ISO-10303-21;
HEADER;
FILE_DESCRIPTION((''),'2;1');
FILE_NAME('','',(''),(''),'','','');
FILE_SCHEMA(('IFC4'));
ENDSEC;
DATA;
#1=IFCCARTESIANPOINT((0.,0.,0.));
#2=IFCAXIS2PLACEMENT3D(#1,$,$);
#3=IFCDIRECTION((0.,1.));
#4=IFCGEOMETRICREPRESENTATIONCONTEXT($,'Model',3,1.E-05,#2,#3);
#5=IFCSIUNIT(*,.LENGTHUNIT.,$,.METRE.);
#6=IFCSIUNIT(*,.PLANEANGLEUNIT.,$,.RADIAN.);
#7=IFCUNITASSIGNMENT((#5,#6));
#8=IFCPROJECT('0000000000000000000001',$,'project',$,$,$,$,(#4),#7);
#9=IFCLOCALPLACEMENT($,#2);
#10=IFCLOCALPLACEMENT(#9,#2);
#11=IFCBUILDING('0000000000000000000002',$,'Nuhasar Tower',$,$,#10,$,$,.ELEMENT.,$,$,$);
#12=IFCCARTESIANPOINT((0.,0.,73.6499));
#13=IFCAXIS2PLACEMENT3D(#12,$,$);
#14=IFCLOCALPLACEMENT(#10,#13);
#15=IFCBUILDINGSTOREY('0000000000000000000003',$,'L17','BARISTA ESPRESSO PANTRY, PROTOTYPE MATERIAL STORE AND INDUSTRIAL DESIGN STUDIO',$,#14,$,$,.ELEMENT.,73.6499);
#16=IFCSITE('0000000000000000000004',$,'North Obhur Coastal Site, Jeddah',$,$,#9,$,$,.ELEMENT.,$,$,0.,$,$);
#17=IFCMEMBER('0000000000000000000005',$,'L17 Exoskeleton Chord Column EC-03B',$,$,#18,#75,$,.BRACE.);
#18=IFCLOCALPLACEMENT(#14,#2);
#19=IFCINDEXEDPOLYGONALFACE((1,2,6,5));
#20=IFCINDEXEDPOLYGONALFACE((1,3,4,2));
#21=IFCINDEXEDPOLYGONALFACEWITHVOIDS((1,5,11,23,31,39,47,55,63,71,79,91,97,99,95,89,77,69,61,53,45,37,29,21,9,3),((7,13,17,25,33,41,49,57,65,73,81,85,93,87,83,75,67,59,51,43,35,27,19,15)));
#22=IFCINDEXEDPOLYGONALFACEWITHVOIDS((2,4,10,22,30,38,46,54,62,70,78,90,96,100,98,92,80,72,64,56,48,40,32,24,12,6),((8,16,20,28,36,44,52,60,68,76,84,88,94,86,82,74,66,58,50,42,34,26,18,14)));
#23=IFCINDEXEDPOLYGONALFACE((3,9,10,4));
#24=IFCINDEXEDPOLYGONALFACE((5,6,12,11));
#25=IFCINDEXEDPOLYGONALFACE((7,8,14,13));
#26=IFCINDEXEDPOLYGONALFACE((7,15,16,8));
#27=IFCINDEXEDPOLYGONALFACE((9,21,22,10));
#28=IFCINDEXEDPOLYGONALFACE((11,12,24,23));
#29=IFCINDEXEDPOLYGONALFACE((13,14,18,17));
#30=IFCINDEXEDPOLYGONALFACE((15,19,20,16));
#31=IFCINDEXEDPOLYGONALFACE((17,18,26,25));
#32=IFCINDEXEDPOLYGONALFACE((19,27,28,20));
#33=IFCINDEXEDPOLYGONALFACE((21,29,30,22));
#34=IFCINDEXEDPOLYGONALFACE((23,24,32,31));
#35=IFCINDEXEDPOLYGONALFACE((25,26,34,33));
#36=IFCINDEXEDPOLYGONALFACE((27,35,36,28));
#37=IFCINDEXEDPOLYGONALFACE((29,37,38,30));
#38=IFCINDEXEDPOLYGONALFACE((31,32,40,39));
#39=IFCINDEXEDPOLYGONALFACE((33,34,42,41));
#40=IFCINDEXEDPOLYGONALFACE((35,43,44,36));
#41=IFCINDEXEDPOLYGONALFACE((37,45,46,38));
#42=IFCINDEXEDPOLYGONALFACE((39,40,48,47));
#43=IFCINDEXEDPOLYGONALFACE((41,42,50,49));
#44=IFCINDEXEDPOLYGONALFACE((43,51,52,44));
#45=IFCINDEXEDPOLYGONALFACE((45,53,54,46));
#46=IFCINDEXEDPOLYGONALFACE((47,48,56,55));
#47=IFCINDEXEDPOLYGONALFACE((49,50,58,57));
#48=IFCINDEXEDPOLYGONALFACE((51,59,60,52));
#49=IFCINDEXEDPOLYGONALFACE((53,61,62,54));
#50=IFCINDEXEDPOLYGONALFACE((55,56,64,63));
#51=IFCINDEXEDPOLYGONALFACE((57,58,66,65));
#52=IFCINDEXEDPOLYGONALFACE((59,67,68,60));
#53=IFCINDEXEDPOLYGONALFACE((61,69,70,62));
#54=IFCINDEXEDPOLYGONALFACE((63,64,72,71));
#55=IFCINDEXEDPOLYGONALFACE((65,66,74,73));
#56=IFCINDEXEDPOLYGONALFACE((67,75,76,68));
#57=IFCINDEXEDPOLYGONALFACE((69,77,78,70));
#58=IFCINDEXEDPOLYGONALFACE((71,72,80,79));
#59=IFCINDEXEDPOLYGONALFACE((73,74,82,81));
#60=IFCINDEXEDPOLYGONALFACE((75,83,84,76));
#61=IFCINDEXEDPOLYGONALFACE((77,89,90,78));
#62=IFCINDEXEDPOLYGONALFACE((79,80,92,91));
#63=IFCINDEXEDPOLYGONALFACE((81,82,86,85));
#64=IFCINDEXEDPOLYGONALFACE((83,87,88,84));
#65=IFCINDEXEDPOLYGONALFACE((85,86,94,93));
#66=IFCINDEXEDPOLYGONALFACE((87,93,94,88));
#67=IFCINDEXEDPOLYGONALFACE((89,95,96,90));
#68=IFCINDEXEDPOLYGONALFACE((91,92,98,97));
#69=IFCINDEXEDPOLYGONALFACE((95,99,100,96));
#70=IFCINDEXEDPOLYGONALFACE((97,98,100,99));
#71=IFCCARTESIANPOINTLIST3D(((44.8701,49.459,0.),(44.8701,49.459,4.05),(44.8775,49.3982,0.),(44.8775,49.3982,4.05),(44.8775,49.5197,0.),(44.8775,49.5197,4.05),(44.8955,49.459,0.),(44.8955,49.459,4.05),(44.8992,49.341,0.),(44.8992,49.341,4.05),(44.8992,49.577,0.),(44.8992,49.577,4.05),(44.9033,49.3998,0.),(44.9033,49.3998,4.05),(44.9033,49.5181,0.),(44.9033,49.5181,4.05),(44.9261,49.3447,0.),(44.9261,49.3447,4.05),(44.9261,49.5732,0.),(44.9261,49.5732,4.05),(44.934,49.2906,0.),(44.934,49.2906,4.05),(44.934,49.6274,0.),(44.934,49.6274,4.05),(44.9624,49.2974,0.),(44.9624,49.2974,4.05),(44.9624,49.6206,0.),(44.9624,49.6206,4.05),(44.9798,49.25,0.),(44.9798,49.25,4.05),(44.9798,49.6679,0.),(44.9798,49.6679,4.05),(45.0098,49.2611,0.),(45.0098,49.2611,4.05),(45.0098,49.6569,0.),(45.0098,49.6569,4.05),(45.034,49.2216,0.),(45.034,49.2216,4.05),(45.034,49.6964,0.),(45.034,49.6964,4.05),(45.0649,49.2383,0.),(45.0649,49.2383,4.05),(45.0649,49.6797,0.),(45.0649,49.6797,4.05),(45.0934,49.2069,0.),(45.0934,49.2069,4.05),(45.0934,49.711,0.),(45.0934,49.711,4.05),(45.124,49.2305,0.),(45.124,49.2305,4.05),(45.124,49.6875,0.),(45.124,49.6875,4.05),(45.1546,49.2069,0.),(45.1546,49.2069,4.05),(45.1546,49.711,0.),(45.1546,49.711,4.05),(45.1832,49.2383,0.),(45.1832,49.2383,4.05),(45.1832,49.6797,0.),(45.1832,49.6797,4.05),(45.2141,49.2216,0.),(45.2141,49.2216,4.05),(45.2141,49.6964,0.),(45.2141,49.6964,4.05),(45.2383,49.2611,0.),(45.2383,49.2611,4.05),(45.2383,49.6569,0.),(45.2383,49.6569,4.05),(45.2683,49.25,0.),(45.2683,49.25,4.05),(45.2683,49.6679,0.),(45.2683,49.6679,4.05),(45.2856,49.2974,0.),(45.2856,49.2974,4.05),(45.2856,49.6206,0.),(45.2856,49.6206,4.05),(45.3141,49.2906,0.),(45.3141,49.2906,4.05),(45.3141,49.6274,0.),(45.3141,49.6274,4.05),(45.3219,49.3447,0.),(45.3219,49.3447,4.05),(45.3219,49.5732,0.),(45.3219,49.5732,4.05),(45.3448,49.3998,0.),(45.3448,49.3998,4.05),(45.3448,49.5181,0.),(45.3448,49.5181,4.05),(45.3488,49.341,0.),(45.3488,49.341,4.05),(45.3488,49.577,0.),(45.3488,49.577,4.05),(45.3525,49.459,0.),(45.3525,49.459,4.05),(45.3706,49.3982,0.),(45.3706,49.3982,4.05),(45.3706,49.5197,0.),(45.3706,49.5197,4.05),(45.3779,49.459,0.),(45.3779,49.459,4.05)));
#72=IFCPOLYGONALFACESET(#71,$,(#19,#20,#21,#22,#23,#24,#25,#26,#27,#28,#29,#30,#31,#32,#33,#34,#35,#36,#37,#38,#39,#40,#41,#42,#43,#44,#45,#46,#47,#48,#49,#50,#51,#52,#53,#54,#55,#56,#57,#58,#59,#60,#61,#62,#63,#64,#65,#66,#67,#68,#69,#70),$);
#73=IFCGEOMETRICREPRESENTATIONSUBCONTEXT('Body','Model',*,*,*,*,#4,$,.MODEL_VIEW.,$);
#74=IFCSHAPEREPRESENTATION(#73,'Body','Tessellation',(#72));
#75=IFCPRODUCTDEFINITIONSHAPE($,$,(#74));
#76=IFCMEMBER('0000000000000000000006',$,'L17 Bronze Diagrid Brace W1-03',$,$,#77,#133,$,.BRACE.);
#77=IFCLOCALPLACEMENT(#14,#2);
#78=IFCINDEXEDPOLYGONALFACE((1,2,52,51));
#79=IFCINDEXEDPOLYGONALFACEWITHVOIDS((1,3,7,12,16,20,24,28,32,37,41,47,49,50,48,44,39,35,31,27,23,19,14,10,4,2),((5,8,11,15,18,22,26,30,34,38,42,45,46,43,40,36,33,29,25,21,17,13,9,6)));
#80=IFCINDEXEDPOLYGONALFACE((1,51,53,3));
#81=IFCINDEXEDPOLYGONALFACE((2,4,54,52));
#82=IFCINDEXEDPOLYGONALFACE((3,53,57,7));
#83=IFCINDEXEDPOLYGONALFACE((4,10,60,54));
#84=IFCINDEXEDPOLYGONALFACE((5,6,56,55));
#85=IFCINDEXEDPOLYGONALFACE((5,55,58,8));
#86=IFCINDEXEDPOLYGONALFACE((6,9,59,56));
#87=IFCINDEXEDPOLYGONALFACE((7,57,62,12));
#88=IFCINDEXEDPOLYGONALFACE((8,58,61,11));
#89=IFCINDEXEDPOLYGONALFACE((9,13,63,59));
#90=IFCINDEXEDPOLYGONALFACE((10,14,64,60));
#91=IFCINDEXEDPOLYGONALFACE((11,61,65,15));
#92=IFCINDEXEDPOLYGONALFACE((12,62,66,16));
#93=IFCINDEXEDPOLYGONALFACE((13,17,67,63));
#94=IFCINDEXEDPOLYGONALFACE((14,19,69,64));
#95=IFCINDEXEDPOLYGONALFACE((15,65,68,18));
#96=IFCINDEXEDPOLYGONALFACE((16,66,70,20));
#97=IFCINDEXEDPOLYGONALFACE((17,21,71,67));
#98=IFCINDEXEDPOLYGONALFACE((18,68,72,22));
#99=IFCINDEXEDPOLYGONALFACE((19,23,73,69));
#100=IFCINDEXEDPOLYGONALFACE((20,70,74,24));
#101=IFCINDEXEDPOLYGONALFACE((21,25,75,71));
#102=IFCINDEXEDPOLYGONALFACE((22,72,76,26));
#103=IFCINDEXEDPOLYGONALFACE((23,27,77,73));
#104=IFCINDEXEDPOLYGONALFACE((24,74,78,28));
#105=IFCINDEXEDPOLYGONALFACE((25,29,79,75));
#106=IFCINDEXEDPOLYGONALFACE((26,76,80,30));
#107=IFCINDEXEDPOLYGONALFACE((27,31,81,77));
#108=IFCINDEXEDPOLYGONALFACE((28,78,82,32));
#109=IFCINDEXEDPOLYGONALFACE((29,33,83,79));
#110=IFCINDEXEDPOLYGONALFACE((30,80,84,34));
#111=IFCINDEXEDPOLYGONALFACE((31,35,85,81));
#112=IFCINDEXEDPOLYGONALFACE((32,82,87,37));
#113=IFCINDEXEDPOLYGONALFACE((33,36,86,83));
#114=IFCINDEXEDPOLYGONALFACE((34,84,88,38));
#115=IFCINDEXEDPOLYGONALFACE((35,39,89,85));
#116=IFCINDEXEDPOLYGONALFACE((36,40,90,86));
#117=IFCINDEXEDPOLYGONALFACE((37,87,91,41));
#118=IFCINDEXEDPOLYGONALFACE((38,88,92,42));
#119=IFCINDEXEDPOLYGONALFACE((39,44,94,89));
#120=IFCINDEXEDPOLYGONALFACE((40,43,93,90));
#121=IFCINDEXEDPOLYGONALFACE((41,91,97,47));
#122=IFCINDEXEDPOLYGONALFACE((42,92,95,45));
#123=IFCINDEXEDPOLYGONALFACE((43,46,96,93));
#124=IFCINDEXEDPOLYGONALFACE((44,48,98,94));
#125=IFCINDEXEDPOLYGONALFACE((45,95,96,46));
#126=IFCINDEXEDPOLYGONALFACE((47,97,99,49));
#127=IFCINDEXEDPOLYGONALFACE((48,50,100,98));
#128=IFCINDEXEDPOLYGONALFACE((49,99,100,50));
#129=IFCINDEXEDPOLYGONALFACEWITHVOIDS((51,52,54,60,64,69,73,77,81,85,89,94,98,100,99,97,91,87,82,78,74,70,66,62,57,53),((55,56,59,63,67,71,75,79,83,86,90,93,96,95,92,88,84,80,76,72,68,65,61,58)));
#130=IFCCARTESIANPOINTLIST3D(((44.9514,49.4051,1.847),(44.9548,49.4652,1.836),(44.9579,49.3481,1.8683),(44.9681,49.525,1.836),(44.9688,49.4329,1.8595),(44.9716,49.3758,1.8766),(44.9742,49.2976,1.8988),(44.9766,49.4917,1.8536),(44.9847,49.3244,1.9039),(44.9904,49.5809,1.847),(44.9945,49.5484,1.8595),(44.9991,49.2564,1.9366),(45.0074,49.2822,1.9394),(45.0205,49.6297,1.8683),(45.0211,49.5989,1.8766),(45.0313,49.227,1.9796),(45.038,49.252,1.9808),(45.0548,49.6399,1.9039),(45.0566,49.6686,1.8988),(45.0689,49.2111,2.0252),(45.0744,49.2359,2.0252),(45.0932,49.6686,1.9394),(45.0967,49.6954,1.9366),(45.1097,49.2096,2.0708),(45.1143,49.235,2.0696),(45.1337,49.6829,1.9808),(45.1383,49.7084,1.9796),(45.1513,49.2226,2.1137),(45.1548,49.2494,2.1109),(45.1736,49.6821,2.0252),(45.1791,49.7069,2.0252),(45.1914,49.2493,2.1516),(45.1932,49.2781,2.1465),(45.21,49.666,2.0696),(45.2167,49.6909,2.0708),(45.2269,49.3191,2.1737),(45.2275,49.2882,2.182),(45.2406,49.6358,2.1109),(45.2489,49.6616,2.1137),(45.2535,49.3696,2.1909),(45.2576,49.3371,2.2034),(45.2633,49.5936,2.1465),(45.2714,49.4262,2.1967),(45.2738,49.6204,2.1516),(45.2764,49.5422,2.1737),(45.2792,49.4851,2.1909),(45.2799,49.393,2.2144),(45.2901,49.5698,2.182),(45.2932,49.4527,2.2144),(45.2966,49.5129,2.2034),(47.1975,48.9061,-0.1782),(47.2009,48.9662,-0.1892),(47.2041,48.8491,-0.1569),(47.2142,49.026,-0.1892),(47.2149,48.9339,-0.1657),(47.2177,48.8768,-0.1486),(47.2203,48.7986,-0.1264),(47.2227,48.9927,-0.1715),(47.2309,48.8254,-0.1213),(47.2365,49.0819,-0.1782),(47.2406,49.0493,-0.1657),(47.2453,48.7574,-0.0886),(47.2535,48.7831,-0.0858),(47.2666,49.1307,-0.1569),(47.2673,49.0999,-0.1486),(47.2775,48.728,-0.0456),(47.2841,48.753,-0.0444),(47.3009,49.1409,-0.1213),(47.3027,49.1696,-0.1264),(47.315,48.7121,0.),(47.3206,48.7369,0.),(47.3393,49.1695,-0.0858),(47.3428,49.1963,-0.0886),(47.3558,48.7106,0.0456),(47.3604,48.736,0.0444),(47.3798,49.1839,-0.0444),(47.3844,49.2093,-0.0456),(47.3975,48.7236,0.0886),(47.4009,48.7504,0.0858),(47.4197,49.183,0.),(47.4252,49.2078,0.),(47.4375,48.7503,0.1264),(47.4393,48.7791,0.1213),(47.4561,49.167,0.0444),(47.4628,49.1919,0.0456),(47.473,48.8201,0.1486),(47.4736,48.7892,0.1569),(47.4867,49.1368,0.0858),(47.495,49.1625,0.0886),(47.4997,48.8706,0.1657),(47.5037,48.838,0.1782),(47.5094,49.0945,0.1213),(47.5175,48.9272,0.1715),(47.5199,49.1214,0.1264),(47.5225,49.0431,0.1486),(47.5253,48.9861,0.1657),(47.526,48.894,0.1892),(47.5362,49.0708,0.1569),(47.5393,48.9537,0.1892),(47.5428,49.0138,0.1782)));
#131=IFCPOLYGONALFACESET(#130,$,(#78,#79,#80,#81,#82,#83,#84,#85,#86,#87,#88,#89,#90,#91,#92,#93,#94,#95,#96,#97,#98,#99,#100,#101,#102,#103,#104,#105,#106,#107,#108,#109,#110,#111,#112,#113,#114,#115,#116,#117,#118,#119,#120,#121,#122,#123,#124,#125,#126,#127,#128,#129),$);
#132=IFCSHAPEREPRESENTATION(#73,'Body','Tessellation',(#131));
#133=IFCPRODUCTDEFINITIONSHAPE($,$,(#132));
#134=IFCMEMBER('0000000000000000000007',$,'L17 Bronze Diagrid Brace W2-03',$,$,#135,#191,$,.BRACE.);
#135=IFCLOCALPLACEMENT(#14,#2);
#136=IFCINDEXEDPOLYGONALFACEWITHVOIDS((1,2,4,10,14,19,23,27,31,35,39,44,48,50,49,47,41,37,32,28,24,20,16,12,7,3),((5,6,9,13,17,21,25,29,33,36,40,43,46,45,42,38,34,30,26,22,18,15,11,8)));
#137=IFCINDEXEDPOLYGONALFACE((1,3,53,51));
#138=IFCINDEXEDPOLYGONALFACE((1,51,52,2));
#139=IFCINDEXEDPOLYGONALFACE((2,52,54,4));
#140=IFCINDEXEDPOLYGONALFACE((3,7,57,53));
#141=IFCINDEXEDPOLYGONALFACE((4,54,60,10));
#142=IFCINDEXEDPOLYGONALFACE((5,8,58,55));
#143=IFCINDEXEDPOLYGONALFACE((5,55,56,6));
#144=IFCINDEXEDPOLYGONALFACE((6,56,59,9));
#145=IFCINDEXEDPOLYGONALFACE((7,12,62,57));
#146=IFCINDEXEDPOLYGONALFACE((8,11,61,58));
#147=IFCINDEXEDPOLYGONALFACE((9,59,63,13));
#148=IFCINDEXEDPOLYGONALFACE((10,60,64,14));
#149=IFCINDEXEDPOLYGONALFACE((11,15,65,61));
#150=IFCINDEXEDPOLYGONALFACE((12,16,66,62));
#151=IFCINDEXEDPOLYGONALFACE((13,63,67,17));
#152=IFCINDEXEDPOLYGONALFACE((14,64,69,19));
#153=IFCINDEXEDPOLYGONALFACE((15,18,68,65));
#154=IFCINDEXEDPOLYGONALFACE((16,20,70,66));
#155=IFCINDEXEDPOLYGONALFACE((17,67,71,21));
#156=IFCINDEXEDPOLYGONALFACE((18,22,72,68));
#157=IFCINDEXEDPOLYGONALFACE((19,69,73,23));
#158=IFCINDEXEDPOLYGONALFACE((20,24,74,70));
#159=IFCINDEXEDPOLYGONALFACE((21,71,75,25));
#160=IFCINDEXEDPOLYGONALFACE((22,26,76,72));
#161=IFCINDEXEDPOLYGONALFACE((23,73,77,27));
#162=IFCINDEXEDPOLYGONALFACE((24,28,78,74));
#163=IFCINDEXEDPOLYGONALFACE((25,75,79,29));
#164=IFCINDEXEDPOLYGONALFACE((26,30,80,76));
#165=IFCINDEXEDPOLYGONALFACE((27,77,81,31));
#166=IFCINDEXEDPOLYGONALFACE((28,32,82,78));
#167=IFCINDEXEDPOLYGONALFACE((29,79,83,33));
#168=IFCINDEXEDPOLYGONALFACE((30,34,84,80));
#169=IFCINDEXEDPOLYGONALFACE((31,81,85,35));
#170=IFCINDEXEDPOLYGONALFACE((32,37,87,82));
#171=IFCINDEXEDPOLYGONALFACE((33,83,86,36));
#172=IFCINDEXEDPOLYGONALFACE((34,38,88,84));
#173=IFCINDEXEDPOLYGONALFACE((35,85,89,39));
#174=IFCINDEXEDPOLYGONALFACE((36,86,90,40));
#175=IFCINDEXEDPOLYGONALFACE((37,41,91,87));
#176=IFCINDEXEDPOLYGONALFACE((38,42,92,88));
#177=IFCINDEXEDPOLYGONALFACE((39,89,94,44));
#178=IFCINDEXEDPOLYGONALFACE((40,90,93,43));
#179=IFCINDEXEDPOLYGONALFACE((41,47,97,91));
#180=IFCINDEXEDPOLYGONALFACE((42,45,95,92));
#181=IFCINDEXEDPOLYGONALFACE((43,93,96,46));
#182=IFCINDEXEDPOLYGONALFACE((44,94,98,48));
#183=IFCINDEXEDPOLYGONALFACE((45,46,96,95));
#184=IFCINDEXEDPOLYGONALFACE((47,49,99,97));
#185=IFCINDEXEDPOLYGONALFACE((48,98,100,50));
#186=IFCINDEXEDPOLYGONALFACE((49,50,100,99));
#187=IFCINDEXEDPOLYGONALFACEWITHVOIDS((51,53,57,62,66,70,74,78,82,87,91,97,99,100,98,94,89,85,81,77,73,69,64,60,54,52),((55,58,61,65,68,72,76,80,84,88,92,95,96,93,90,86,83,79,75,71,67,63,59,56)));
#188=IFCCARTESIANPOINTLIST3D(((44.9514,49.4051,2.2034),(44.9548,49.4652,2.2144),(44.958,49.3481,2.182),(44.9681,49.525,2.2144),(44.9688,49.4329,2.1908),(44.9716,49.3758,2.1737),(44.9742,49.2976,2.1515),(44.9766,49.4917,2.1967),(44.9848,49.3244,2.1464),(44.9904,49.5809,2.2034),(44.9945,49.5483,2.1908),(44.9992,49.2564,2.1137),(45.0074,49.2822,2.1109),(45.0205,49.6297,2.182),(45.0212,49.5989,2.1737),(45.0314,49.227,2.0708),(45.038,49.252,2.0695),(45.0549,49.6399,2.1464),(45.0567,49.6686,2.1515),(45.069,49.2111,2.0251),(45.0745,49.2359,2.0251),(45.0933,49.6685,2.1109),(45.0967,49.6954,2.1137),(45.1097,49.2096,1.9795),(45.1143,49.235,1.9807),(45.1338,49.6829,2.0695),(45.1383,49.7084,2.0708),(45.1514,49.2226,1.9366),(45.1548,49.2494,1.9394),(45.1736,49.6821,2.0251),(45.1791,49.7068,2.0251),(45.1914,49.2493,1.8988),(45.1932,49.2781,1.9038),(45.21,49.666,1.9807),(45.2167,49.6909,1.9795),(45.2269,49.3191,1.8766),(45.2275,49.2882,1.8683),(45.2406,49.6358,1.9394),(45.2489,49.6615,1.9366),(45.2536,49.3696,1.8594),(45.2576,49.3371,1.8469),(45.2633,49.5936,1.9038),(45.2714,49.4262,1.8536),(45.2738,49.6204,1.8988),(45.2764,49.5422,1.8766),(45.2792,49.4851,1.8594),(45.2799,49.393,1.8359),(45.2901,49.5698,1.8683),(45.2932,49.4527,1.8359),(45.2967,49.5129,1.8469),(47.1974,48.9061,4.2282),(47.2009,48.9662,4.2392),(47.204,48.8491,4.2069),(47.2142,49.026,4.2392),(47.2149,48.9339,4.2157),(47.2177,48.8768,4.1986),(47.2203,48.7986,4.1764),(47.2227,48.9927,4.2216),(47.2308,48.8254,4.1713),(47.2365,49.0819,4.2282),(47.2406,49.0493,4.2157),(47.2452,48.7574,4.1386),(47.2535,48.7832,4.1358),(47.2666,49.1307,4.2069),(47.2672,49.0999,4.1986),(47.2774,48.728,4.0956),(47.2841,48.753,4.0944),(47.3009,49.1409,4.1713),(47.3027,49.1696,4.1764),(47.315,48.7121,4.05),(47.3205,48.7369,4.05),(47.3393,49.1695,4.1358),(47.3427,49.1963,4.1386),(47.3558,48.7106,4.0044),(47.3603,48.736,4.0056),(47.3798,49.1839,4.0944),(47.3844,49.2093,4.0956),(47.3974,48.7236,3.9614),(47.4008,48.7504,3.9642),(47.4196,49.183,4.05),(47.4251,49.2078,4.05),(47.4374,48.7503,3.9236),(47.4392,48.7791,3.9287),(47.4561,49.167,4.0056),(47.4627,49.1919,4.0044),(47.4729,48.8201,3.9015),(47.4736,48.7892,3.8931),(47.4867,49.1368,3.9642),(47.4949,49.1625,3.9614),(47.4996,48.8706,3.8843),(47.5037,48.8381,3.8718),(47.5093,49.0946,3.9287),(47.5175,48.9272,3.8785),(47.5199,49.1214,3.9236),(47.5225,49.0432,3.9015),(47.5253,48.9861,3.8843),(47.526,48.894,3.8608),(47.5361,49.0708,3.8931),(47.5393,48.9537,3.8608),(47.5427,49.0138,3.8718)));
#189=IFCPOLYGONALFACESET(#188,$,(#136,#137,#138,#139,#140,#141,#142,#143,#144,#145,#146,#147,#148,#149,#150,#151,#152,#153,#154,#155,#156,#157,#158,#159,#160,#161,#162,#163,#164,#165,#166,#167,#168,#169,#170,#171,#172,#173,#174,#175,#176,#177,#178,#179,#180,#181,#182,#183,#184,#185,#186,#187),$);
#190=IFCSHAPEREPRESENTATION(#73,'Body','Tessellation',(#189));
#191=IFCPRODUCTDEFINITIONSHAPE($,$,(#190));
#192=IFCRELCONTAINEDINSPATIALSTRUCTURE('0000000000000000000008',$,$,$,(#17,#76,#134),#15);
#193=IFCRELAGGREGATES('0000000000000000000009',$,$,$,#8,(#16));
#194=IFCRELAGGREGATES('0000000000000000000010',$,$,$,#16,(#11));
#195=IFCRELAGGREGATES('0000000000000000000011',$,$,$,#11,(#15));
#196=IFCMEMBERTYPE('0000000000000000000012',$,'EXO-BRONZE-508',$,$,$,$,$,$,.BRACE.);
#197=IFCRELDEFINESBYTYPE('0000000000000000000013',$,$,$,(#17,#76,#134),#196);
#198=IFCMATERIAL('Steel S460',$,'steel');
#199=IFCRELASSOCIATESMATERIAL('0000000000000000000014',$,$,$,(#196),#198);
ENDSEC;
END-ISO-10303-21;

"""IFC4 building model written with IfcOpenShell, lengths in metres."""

from ifc_helpers import new_model, si_unit, direction, frame, origin, origin_2d, place, context, subcontext, project, spatial, hollow_circle, extrude, material, material_profile, profile_set, type_object, element, save


model = new_model("IFC4")

# Units and contexts
model_context = context("Model", 3, precision=1e-05, world=origin(), true_north=direction((0.0, 1.0)))
body_context = subcontext(model_context, "Body", "Model", "MODEL_VIEW")
ifc_project = project(units=[si_unit("LENGTHUNIT", "METRE"), si_unit("PLANEANGLEUNIT", "RADIAN")], contexts=[model_context])

# Site, building, storey
site_placement = place(None, origin())
site = spatial("IfcSite", under=ifc_project, at=site_placement, Name="North Obhur Coastal Site, Jeddah", CompositionType="ELEMENT", RefElevation=0.0)
building_placement = place(site_placement, origin())
building = spatial("IfcBuilding", under=site, at=building_placement, Name="Nuhasar Tower", CompositionType="ELEMENT")
storey_placement = place(building_placement, frame((0.0, 0.0, 73.6499)))
storey = spatial("IfcBuildingStorey", under=building, at=storey_placement, Name="L17", Description="BARISTA ESPRESSO PANTRY, PROTOTYPE MATERIAL STORE AND INDUSTRIAL DESIGN STUDIO", CompositionType="ELEMENT", Elevation=73.6499)

# Members
ifc_material_1 = material(Name="Steel S460", Category="steel")
ifc_material_profile_1 = material_profile(ifc_material_1, hollow_circle(Radius=0.2539, WallThickness=0.0254, at=origin_2d()), Name="HSS508X25.4")
ifc_profile_set_1 = profile_set([ifc_material_profile_1], Name="Steel S460")
member_type_1 = type_object("IfcMemberType", Name="EXO-BRONZE-508", PredefinedType="BRACE", material=ifc_profile_set_1)
for number, where, z_axis, x_axis, name in (
    (1, (45.124, 49.459, 0.0), (0.0, 0.0, 1.0), (1.0, 0.0, 0.0), "L17 Exoskeleton Chord Column EC-03B"),
):
    element("IfcMember", number, at=place(storey_placement, frame(where, z_axis=z_axis, x_axis=x_axis)), inside=storey, type_object=member_type_1, Name=name, PredefinedType="BRACE", context=body_context, shape_type="SweptSolid", body=[
        extrude(hollow_circle(Radius=0.2539, WallThickness=0.0254, at=origin_2d()), origin(), (0.0, 0.0, 1.0), 4.05),
    ])
member_1_placement = place(storey_placement, frame((47.3701, 48.96, 0.0), z_axis=(-0.732783, 0.162805, 0.660699), x_axis=(-0.216886, -0.976197, 0.0)))
element("IfcMember", 2, at=member_1_placement, inside=storey, type_object=member_type_1, Name="L17 Bronze Diagrid Brace W1-03", PredefinedType="BRACE", context=body_context, shape_type="SweptSolid", body=[
    extrude(hollow_circle(Radius=0.2539, WallThickness=0.0254, at=origin_2d()), origin(), (0.0, 0.0, 1.0), 3.0652),
])
member_2_placement = place(storey_placement, frame((45.124, 49.459, 2.0251), z_axis=(0.732821, -0.162814, 0.660654), x_axis=(0.216886, 0.976197, 0.0)))
element("IfcMember", 3, at=member_2_placement, inside=storey, type_object=member_type_1, Name="L17 Bronze Diagrid Brace W2-03", PredefinedType="BRACE", context=body_context, shape_type="SweptSolid", body=[
    extrude(hollow_circle(Radius=0.2539, WallThickness=0.0254, at=origin_2d()), origin(), (0.0, 0.0, 1.0), 3.0649),
])

save(model, "model.ifc")
